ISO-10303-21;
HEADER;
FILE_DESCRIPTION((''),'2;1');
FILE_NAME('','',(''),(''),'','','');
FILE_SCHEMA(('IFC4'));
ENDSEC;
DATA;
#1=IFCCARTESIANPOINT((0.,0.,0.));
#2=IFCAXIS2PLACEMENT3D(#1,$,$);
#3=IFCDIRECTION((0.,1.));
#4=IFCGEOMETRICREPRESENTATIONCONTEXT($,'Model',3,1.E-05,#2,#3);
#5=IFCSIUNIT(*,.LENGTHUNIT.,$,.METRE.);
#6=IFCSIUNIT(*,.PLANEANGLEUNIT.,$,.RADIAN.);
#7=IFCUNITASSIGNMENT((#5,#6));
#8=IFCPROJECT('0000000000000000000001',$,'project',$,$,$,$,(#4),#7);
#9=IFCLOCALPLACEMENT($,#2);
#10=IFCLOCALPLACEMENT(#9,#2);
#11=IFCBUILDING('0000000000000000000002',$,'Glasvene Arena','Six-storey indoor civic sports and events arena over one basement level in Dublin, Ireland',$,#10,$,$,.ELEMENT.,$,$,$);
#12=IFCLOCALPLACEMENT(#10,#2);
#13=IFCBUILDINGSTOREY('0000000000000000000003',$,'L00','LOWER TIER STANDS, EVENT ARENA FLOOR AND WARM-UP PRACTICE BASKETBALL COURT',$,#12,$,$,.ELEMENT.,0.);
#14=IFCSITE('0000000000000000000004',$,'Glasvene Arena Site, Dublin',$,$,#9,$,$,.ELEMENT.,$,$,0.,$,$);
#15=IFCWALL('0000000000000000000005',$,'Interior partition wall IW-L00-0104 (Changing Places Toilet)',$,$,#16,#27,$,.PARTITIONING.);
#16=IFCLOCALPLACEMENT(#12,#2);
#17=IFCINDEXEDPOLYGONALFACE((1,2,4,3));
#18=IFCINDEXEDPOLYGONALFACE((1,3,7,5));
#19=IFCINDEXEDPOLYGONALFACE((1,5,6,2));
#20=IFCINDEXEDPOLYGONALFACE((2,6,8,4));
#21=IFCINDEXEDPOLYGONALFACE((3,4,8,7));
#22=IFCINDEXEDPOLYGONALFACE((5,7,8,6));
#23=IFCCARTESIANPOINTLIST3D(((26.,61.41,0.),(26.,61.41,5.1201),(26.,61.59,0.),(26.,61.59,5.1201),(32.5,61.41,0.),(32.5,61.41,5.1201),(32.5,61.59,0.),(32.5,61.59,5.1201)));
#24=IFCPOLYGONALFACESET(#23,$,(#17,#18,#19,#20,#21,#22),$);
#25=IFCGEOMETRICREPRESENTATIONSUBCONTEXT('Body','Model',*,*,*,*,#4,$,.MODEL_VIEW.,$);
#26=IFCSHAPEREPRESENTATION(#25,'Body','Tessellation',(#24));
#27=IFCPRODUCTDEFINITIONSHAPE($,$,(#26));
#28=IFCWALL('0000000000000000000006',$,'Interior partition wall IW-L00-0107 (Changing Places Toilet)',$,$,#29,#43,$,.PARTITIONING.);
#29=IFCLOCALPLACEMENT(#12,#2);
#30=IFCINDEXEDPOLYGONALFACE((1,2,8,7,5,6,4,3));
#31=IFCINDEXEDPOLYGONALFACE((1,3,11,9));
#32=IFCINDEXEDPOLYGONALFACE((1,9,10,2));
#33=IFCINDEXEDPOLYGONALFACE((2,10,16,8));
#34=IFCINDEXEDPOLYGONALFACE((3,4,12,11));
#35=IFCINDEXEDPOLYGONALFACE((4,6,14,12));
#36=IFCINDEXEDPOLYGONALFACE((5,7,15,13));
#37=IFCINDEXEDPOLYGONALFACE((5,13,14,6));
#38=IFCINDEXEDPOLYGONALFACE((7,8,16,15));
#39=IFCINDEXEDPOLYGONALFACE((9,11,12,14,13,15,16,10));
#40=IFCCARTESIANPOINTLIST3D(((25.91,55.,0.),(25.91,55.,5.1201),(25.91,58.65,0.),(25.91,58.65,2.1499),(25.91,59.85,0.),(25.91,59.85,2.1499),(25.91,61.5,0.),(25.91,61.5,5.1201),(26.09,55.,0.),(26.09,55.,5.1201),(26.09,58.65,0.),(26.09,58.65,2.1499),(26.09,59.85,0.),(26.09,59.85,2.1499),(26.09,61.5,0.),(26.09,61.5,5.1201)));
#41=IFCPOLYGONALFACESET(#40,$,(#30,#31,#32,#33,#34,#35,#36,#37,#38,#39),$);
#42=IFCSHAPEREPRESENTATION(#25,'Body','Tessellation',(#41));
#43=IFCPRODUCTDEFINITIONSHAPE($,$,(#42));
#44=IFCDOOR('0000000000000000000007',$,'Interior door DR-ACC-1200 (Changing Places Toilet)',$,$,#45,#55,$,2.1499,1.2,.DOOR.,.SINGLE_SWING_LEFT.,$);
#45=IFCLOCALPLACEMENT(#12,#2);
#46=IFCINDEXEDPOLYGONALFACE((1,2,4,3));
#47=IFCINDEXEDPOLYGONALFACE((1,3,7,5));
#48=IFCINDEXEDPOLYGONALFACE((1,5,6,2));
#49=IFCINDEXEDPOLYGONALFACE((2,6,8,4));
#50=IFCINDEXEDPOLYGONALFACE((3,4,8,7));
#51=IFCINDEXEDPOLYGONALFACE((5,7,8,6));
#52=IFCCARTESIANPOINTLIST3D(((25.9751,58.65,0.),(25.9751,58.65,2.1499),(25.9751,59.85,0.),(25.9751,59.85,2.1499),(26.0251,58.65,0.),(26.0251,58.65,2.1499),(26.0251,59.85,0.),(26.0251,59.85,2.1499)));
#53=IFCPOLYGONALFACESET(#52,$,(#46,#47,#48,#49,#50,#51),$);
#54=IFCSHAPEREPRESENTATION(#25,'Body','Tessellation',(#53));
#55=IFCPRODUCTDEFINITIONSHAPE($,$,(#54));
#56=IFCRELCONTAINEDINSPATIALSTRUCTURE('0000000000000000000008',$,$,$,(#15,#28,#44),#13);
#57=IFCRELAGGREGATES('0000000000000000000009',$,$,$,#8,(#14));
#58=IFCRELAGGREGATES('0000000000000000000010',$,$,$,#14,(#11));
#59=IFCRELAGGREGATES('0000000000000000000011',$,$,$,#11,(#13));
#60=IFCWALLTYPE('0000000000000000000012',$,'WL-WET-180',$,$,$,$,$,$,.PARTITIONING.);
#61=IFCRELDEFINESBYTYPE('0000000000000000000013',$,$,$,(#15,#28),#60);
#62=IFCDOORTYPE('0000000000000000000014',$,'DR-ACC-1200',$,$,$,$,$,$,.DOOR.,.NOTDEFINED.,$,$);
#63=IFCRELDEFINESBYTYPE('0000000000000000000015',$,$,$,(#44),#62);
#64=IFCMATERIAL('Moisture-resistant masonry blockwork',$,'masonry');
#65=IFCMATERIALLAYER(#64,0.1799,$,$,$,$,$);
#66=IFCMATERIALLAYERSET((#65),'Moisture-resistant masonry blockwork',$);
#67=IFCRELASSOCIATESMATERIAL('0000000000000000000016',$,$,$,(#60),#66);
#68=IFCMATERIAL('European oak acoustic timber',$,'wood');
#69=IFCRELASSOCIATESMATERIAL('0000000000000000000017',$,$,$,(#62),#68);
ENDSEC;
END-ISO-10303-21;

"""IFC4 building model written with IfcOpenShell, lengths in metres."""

from ifc_helpers import new_model, si_unit, direction, frame, frame_2d, origin, place, context, subcontext, project, spatial, rectangle, extrude, material, layer, layer_set, type_object, element, fill, save


model = new_model("IFC4")

# Units and contexts
model_context = context("Model", 3, precision=1e-05, world=origin(), true_north=direction((0.0, 1.0)))
body_context = subcontext(model_context, "Body", "Model", "MODEL_VIEW")
ifc_project = project(units=[si_unit("LENGTHUNIT", "METRE"), si_unit("PLANEANGLEUNIT", "RADIAN")], contexts=[model_context])

# Site, building, storey
site_placement = place(None, origin())
site = spatial("IfcSite", under=ifc_project, at=site_placement, Name="Glasvene Arena Site, Dublin", CompositionType="ELEMENT", RefElevation=0.0)
building_placement = place(site_placement, origin())
building = spatial("IfcBuilding", under=site, at=building_placement, Name="Glasvene Arena", Description="Six-storey indoor civic sports and events arena over one basement level in Dublin, Ireland", CompositionType="ELEMENT")
storey_placement = place(building_placement, origin())
storey = spatial("IfcBuildingStorey", under=building, at=storey_placement, Name="L00", Description="LOWER TIER STANDS, EVENT ARENA FLOOR AND WARM-UP PRACTICE BASKETBALL COURT", CompositionType="ELEMENT", Elevation=0.0)

# Wall
ifc_material_1 = material(Name="Moisture-resistant masonry blockwork", Category="masonry")
ifc_layer_1 = layer(ifc_material_1, 0.1799)
ifc_layer_set_1 = layer_set([ifc_layer_1], Name="Moisture-resistant masonry blockwork")
wall_type = type_object("IfcWallType", Name="WL-WET-180", PredefinedType="PARTITIONING", material=ifc_layer_set_1)
wall_1_placement = place(storey_placement, frame((26.0, 61.5, 0.0), z_axis=(0.0, 0.0, 1.0), x_axis=(1.0, 0.0, 0.0)))
element("IfcWall", 1, at=wall_1_placement, inside=storey, type_object=wall_type, Name="Interior partition wall IW-L00-0104 (Changing Places Toilet)", PredefinedType="PARTITIONING", context=body_context, shape_type="SweptSolid", body=[
    extrude(rectangle(XDim=6.5, YDim=0.1799, at=frame_2d((3.25, 0.0))), origin(), (0.0, 0.0, 1.0), 5.1201),
])

# Wall, opening, door
wall_2_placement = place(storey_placement, frame((26.0, 55.0, 0.0), z_axis=(0.0, 0.0, 1.0), x_axis=(0.0, 1.0, 0.0)))
wall_2 = element("IfcWall", 2, at=wall_2_placement, inside=storey, type_object=wall_type, Name="Interior partition wall IW-L00-0107 (Changing Places Toilet)", PredefinedType="PARTITIONING", context=body_context, shape_type="SweptSolid", body=[
    extrude(rectangle(XDim=6.5, YDim=0.1799, at=frame_2d((3.25, 0.0))), origin(), (0.0, 0.0, 1.0), 5.1201),
])
opening_placement = place(wall_2_placement, frame((3.6499, 0.0, 0.0)))
opening = element("IfcOpeningElement", 3, at=opening_placement, cuts=wall_2, PredefinedType="OPENING", context=body_context, shape_type="SweptSolid", body=[
    extrude(rectangle(XDim=1.2, YDim=2.1499, at=frame_2d((0.6001, 1.075))), frame((0.0, 0.1001, 0.0), z_axis=(0.0, -1.0, 0.0), x_axis=(1.0, 0.0, 0.0)), (0.0, 0.0, 1.0), 0.2),
])
ifc_material_2 = material(Name="European oak acoustic timber", Category="wood")
door_type = type_object("IfcDoorType", Name="DR-ACC-1200", OperationType="NOTDEFINED", PredefinedType="DOOR", material=ifc_material_2)
door_placement = place(opening_placement, origin())
door = element("IfcDoor", 4, at=door_placement, inside=storey, type_object=door_type, Name="Interior door DR-ACC-1200 (Changing Places Toilet)", OperationType="SINGLE_SWING_LEFT", OverallHeight=2.1499, OverallWidth=1.2, PredefinedType="DOOR", context=body_context, shape_type="SweptSolid", body=[
    extrude(rectangle(XDim=1.2, YDim=2.1499, at=frame_2d((0.6001, 1.075))), frame((0.0, 0.0249, 0.0), z_axis=(0.0, -1.0, 0.0), x_axis=(1.0, 0.0, 0.0)), (0.0, 0.0, 1.0), 0.05),
])
fill(opening, door)

save(model, "model.ifc")
